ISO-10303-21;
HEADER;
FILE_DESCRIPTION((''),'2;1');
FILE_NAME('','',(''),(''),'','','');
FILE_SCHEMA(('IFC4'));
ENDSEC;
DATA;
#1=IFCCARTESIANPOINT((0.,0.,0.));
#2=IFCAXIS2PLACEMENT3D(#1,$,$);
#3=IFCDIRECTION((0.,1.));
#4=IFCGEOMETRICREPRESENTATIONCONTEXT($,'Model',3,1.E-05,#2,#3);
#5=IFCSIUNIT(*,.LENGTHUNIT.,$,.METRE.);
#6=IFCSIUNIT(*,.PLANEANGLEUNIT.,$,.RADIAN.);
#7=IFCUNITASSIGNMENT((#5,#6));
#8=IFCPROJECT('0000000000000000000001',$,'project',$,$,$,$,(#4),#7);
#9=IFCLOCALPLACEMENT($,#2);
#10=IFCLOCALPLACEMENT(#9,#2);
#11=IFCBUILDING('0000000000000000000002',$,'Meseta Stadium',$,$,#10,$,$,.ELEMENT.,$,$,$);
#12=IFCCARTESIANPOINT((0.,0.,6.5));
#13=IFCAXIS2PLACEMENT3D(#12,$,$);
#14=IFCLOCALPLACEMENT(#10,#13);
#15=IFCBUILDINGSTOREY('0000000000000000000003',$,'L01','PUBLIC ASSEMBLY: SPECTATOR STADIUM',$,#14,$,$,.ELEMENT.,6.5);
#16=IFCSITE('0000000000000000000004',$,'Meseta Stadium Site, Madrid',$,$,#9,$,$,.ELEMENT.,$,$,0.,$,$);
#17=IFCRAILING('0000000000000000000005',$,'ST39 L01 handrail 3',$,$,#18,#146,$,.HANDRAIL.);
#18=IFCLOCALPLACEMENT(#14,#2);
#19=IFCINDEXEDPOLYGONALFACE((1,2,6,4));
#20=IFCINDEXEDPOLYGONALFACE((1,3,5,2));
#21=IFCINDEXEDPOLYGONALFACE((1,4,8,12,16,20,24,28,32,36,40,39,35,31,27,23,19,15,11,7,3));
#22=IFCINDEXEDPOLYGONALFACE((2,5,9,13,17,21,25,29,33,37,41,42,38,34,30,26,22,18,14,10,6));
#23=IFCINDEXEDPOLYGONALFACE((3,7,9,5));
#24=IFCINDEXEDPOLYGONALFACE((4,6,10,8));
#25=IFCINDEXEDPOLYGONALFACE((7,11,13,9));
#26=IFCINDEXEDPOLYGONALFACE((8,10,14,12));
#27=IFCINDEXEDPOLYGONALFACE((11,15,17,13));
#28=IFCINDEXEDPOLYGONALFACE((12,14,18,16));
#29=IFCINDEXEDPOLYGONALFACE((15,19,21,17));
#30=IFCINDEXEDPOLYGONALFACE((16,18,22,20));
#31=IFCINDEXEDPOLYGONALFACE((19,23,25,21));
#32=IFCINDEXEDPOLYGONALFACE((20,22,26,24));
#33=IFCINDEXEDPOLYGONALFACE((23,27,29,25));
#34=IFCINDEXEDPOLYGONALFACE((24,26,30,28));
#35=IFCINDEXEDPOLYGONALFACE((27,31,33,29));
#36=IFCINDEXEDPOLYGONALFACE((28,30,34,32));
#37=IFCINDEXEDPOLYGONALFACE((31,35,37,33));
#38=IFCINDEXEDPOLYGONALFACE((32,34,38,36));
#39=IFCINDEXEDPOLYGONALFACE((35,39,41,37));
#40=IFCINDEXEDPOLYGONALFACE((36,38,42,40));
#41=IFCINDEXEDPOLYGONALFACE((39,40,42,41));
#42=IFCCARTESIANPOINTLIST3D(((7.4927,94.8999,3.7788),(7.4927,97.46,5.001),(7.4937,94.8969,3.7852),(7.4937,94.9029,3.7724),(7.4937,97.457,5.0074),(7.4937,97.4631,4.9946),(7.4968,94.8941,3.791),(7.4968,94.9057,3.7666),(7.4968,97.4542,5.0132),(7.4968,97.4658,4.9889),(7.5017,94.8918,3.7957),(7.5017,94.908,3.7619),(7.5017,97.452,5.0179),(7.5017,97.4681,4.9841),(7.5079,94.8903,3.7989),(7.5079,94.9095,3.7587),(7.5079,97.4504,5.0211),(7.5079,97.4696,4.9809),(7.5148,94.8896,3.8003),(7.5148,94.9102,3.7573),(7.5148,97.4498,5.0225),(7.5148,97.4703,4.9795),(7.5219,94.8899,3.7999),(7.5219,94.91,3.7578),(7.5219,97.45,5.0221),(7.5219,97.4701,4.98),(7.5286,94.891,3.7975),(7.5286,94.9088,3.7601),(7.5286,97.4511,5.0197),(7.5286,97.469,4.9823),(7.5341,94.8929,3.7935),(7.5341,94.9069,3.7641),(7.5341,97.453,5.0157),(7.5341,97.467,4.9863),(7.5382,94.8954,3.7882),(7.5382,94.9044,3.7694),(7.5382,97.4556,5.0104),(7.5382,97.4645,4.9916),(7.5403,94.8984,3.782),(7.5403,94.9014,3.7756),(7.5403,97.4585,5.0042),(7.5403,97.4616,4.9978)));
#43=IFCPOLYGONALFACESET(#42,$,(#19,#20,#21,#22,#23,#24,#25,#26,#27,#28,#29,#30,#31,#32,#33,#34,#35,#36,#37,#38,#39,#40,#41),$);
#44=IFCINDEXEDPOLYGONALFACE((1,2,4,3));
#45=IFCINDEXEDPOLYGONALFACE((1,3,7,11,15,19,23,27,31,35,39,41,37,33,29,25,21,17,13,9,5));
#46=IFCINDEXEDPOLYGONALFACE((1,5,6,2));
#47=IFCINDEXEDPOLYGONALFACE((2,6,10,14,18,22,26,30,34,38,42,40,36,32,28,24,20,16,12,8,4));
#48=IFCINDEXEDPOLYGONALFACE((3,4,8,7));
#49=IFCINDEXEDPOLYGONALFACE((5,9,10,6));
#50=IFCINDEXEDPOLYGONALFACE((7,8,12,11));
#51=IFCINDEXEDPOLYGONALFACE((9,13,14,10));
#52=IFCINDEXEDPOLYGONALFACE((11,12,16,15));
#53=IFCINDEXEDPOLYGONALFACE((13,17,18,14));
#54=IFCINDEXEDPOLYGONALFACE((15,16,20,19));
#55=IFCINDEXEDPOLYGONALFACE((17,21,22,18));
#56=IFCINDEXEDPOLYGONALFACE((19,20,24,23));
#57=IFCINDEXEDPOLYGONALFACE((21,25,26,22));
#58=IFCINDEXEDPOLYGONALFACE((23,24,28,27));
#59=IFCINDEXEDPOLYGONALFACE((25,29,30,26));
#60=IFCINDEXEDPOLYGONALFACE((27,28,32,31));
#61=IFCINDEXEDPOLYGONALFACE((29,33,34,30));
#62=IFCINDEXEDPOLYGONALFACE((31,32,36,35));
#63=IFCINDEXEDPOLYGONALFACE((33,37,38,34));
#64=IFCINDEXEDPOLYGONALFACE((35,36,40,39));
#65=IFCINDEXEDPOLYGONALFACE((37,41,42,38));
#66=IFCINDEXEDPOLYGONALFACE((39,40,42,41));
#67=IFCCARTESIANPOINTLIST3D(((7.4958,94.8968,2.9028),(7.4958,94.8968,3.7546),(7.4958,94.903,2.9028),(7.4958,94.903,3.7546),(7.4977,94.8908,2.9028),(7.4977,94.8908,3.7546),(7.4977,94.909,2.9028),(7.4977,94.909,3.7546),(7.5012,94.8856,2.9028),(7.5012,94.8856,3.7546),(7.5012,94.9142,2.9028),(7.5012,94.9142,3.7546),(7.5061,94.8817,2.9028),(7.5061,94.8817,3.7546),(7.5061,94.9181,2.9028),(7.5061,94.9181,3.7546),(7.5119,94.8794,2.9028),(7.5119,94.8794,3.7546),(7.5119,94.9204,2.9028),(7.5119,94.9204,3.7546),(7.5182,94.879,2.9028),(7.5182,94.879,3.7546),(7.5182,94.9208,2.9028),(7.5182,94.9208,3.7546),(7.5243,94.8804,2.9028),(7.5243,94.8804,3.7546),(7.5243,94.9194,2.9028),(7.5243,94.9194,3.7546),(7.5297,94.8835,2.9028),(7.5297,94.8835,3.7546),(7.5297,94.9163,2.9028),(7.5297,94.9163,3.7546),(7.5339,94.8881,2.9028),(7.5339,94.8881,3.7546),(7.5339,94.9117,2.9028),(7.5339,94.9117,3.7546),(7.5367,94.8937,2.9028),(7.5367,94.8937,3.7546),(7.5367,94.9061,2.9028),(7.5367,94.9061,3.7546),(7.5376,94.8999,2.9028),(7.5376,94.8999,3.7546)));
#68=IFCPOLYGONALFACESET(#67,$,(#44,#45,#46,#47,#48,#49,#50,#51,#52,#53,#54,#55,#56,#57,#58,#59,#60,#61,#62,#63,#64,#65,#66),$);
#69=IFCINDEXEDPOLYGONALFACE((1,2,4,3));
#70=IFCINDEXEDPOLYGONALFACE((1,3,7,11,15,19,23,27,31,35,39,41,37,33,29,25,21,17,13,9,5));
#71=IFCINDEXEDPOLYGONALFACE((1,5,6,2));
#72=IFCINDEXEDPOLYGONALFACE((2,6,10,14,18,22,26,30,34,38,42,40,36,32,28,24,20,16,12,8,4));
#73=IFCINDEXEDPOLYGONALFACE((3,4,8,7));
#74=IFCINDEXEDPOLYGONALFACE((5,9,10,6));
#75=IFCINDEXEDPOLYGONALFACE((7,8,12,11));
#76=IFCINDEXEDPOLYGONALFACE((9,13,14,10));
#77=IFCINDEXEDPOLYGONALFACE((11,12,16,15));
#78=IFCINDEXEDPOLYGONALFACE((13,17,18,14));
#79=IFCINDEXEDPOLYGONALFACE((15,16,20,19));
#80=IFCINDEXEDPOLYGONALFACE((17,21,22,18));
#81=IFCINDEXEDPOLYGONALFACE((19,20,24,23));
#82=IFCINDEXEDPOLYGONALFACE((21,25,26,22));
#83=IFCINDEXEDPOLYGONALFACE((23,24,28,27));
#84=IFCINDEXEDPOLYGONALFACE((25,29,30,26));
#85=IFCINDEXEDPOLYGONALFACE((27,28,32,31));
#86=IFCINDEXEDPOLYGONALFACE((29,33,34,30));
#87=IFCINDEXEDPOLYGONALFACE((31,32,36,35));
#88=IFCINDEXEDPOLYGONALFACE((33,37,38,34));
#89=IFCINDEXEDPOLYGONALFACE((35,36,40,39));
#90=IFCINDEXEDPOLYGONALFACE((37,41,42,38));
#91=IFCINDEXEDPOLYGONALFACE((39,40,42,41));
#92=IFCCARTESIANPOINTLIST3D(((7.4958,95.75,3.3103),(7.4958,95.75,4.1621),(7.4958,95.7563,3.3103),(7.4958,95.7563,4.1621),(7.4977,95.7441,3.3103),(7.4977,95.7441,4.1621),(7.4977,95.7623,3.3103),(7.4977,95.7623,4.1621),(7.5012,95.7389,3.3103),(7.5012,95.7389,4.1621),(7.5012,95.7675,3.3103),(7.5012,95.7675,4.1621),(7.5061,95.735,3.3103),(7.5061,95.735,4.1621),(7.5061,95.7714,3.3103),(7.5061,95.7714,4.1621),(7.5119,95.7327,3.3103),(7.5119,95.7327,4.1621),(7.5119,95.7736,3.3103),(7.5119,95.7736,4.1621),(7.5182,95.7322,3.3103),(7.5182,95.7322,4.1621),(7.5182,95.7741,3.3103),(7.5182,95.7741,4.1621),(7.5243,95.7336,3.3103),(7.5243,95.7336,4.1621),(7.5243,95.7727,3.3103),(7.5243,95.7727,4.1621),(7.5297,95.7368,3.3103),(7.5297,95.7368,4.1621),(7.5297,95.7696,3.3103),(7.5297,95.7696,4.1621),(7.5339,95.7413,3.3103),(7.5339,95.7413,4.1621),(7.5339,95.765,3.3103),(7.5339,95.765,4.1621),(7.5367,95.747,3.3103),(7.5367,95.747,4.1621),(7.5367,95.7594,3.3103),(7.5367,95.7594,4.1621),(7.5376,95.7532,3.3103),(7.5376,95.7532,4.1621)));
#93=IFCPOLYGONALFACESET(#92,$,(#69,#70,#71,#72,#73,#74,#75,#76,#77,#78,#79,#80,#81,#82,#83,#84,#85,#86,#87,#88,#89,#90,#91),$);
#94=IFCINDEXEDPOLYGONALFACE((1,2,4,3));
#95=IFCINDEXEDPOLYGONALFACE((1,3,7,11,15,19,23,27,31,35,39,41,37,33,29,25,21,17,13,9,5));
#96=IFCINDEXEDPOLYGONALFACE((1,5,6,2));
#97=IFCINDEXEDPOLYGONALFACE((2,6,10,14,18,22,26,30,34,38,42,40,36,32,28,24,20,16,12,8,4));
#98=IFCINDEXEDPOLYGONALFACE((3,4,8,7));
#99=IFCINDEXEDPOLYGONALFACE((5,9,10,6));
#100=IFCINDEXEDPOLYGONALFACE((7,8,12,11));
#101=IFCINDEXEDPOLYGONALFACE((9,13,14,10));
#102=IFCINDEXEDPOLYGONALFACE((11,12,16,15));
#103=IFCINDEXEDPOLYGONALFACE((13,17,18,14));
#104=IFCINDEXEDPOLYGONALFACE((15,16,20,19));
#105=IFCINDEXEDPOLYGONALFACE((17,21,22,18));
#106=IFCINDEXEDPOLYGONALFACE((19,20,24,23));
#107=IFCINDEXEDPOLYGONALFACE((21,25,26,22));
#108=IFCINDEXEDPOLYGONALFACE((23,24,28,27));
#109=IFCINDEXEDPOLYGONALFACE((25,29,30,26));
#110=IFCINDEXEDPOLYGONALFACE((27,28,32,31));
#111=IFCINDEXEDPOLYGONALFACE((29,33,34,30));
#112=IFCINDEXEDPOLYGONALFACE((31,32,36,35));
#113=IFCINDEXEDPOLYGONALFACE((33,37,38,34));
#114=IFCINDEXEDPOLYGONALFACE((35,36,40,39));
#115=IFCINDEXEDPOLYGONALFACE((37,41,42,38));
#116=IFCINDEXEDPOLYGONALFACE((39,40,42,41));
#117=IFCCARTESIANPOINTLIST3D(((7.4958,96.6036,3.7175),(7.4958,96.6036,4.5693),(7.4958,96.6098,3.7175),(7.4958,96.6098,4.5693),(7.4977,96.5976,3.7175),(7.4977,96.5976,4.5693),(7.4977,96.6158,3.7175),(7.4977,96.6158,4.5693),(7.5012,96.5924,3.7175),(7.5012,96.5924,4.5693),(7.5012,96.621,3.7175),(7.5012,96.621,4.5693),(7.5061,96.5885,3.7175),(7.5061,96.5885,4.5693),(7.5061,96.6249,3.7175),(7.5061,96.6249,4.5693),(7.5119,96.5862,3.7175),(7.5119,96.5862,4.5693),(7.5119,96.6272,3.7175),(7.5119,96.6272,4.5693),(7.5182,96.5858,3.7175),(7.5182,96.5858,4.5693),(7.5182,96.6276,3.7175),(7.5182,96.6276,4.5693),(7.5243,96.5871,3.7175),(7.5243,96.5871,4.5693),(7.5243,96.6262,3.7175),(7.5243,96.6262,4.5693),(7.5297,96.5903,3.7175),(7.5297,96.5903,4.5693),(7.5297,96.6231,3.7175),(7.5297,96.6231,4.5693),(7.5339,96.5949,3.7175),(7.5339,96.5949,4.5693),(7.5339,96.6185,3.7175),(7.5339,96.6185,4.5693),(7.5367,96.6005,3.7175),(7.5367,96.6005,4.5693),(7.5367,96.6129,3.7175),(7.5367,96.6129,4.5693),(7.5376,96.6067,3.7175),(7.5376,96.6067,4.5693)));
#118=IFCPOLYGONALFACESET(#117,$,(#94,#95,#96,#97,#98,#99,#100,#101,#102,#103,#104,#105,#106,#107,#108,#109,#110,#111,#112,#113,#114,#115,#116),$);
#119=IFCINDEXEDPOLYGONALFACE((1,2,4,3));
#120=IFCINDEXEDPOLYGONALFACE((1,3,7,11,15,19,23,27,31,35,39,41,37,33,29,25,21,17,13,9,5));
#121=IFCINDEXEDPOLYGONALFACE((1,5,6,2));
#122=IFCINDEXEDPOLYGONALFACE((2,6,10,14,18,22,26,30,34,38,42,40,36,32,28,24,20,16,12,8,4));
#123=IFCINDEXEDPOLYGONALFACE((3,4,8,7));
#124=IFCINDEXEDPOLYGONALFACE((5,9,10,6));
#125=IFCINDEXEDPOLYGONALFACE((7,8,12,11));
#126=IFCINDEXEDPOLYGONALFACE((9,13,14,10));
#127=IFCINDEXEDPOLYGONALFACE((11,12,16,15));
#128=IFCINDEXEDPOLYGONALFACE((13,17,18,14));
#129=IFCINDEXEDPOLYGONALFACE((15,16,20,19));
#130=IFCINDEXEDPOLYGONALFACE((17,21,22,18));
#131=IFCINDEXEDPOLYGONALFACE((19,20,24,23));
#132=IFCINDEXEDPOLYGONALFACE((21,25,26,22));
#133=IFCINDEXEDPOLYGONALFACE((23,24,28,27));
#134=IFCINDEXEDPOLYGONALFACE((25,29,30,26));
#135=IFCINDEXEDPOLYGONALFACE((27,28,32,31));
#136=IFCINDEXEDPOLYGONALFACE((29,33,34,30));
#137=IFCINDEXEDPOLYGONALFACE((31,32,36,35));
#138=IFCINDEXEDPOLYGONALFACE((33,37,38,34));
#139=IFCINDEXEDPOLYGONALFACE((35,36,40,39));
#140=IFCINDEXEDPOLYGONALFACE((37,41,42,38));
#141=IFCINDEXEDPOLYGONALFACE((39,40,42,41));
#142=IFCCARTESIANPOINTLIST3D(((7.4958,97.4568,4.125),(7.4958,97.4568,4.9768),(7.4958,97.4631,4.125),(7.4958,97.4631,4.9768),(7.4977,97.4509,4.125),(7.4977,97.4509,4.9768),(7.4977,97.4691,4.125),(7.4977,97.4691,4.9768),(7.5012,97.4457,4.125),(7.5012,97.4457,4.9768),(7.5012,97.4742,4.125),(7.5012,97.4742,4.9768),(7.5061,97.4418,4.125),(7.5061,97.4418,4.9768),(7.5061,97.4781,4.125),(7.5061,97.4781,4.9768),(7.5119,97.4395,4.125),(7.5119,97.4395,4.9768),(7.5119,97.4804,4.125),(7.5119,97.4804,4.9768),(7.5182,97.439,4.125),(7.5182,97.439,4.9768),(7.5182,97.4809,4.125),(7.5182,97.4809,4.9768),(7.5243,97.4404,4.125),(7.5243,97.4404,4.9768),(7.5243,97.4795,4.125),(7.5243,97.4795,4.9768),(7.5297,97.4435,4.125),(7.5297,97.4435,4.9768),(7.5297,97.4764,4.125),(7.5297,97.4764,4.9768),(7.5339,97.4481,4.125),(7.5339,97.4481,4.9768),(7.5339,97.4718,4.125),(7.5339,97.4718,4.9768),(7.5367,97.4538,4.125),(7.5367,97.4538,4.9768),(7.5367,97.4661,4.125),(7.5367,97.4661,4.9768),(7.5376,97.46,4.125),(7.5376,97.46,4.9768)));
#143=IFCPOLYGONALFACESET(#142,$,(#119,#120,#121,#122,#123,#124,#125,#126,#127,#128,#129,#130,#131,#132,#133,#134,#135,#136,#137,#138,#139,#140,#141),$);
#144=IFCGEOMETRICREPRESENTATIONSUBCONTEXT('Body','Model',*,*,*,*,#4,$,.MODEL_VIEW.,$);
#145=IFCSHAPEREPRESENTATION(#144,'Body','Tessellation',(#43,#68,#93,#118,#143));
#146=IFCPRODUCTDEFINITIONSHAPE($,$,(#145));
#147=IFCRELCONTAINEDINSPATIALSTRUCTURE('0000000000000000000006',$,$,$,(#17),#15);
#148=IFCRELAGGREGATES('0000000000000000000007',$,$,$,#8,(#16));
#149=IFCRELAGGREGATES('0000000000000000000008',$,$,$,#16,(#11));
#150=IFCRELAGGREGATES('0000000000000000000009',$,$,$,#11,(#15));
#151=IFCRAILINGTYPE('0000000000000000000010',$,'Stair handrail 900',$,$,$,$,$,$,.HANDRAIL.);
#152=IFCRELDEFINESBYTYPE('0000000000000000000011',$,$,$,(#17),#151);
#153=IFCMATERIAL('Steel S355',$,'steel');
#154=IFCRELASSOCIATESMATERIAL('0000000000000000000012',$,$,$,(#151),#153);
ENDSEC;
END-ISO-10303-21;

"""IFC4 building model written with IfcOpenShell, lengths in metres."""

from ifc_helpers import new_model, si_unit, direction, frame, origin, origin_2d, place, context, subcontext, project, spatial, circle, extrude, material, type_object, element, save


model = new_model("IFC4")

# Units and contexts
model_context = context("Model", 3, precision=1e-05, world=origin(), true_north=direction((0.0, 1.0)))
body_context = subcontext(model_context, "Body", "Model", "MODEL_VIEW")
ifc_project = project(units=[si_unit("LENGTHUNIT", "METRE"), si_unit("PLANEANGLEUNIT", "RADIAN")], contexts=[model_context])

# Site, building, storey
site_placement = place(None, origin())
site = spatial("IfcSite", under=ifc_project, at=site_placement, Name="Meseta Stadium Site, Madrid", CompositionType="ELEMENT", RefElevation=0.0)
building_placement = place(site_placement, origin())
building = spatial("IfcBuilding", under=site, at=building_placement, Name="Meseta Stadium", CompositionType="ELEMENT")
storey_placement = place(building_placement, frame((0.0, 0.0, 6.5)))
storey = spatial("IfcBuildingStorey", under=building, at=storey_placement, Name="L01", Description="PUBLIC ASSEMBLY: SPECTATOR STADIUM", CompositionType="ELEMENT", Elevation=6.5)

# Railing
ifc_material_1 = material(Name="Steel S355", Category="steel")
railing_type_1 = type_object("IfcRailingType", Name="Stair handrail 900", PredefinedType="HANDRAIL", material=ifc_material_1)
railing_1_placement = place(storey_placement, frame((7.5166, 94.8999, 2.9028)))
element("IfcRailing", 1, at=railing_1_placement, inside=storey, type_object=railing_type_1, Name="ST39 L01 handrail 3", PredefinedType="HANDRAIL", context=body_context, shape_type="SweptSolid", body=[
    extrude(circle(Radius=0.0239, at=origin_2d()), frame((0.0, 0.0, 0.876), z_axis=(0.0, 0.902437, 0.430822), x_axis=(-1.0, 0.0, 0.0)), (0.0, 0.0, 1.0), 2.8369),
    extrude(circle(Radius=0.021, at=origin_2d()), origin(), (0.0, 0.0, 1.0), 0.8518),
    extrude(circle(Radius=0.021, at=origin_2d()), frame((0.0, 0.8533, 0.4075)), (0.0, 0.0, 1.0), 0.8518),
    extrude(circle(Radius=0.021, at=origin_2d()), frame((0.0, 1.7068, 0.8147)), (0.0, 0.0, 1.0), 0.8518),
    extrude(circle(Radius=0.021, at=origin_2d()), frame((0.0, 2.5601, 1.2222)), (0.0, 0.0, 1.0), 0.8518),
])

save(model, "model.ifc")
